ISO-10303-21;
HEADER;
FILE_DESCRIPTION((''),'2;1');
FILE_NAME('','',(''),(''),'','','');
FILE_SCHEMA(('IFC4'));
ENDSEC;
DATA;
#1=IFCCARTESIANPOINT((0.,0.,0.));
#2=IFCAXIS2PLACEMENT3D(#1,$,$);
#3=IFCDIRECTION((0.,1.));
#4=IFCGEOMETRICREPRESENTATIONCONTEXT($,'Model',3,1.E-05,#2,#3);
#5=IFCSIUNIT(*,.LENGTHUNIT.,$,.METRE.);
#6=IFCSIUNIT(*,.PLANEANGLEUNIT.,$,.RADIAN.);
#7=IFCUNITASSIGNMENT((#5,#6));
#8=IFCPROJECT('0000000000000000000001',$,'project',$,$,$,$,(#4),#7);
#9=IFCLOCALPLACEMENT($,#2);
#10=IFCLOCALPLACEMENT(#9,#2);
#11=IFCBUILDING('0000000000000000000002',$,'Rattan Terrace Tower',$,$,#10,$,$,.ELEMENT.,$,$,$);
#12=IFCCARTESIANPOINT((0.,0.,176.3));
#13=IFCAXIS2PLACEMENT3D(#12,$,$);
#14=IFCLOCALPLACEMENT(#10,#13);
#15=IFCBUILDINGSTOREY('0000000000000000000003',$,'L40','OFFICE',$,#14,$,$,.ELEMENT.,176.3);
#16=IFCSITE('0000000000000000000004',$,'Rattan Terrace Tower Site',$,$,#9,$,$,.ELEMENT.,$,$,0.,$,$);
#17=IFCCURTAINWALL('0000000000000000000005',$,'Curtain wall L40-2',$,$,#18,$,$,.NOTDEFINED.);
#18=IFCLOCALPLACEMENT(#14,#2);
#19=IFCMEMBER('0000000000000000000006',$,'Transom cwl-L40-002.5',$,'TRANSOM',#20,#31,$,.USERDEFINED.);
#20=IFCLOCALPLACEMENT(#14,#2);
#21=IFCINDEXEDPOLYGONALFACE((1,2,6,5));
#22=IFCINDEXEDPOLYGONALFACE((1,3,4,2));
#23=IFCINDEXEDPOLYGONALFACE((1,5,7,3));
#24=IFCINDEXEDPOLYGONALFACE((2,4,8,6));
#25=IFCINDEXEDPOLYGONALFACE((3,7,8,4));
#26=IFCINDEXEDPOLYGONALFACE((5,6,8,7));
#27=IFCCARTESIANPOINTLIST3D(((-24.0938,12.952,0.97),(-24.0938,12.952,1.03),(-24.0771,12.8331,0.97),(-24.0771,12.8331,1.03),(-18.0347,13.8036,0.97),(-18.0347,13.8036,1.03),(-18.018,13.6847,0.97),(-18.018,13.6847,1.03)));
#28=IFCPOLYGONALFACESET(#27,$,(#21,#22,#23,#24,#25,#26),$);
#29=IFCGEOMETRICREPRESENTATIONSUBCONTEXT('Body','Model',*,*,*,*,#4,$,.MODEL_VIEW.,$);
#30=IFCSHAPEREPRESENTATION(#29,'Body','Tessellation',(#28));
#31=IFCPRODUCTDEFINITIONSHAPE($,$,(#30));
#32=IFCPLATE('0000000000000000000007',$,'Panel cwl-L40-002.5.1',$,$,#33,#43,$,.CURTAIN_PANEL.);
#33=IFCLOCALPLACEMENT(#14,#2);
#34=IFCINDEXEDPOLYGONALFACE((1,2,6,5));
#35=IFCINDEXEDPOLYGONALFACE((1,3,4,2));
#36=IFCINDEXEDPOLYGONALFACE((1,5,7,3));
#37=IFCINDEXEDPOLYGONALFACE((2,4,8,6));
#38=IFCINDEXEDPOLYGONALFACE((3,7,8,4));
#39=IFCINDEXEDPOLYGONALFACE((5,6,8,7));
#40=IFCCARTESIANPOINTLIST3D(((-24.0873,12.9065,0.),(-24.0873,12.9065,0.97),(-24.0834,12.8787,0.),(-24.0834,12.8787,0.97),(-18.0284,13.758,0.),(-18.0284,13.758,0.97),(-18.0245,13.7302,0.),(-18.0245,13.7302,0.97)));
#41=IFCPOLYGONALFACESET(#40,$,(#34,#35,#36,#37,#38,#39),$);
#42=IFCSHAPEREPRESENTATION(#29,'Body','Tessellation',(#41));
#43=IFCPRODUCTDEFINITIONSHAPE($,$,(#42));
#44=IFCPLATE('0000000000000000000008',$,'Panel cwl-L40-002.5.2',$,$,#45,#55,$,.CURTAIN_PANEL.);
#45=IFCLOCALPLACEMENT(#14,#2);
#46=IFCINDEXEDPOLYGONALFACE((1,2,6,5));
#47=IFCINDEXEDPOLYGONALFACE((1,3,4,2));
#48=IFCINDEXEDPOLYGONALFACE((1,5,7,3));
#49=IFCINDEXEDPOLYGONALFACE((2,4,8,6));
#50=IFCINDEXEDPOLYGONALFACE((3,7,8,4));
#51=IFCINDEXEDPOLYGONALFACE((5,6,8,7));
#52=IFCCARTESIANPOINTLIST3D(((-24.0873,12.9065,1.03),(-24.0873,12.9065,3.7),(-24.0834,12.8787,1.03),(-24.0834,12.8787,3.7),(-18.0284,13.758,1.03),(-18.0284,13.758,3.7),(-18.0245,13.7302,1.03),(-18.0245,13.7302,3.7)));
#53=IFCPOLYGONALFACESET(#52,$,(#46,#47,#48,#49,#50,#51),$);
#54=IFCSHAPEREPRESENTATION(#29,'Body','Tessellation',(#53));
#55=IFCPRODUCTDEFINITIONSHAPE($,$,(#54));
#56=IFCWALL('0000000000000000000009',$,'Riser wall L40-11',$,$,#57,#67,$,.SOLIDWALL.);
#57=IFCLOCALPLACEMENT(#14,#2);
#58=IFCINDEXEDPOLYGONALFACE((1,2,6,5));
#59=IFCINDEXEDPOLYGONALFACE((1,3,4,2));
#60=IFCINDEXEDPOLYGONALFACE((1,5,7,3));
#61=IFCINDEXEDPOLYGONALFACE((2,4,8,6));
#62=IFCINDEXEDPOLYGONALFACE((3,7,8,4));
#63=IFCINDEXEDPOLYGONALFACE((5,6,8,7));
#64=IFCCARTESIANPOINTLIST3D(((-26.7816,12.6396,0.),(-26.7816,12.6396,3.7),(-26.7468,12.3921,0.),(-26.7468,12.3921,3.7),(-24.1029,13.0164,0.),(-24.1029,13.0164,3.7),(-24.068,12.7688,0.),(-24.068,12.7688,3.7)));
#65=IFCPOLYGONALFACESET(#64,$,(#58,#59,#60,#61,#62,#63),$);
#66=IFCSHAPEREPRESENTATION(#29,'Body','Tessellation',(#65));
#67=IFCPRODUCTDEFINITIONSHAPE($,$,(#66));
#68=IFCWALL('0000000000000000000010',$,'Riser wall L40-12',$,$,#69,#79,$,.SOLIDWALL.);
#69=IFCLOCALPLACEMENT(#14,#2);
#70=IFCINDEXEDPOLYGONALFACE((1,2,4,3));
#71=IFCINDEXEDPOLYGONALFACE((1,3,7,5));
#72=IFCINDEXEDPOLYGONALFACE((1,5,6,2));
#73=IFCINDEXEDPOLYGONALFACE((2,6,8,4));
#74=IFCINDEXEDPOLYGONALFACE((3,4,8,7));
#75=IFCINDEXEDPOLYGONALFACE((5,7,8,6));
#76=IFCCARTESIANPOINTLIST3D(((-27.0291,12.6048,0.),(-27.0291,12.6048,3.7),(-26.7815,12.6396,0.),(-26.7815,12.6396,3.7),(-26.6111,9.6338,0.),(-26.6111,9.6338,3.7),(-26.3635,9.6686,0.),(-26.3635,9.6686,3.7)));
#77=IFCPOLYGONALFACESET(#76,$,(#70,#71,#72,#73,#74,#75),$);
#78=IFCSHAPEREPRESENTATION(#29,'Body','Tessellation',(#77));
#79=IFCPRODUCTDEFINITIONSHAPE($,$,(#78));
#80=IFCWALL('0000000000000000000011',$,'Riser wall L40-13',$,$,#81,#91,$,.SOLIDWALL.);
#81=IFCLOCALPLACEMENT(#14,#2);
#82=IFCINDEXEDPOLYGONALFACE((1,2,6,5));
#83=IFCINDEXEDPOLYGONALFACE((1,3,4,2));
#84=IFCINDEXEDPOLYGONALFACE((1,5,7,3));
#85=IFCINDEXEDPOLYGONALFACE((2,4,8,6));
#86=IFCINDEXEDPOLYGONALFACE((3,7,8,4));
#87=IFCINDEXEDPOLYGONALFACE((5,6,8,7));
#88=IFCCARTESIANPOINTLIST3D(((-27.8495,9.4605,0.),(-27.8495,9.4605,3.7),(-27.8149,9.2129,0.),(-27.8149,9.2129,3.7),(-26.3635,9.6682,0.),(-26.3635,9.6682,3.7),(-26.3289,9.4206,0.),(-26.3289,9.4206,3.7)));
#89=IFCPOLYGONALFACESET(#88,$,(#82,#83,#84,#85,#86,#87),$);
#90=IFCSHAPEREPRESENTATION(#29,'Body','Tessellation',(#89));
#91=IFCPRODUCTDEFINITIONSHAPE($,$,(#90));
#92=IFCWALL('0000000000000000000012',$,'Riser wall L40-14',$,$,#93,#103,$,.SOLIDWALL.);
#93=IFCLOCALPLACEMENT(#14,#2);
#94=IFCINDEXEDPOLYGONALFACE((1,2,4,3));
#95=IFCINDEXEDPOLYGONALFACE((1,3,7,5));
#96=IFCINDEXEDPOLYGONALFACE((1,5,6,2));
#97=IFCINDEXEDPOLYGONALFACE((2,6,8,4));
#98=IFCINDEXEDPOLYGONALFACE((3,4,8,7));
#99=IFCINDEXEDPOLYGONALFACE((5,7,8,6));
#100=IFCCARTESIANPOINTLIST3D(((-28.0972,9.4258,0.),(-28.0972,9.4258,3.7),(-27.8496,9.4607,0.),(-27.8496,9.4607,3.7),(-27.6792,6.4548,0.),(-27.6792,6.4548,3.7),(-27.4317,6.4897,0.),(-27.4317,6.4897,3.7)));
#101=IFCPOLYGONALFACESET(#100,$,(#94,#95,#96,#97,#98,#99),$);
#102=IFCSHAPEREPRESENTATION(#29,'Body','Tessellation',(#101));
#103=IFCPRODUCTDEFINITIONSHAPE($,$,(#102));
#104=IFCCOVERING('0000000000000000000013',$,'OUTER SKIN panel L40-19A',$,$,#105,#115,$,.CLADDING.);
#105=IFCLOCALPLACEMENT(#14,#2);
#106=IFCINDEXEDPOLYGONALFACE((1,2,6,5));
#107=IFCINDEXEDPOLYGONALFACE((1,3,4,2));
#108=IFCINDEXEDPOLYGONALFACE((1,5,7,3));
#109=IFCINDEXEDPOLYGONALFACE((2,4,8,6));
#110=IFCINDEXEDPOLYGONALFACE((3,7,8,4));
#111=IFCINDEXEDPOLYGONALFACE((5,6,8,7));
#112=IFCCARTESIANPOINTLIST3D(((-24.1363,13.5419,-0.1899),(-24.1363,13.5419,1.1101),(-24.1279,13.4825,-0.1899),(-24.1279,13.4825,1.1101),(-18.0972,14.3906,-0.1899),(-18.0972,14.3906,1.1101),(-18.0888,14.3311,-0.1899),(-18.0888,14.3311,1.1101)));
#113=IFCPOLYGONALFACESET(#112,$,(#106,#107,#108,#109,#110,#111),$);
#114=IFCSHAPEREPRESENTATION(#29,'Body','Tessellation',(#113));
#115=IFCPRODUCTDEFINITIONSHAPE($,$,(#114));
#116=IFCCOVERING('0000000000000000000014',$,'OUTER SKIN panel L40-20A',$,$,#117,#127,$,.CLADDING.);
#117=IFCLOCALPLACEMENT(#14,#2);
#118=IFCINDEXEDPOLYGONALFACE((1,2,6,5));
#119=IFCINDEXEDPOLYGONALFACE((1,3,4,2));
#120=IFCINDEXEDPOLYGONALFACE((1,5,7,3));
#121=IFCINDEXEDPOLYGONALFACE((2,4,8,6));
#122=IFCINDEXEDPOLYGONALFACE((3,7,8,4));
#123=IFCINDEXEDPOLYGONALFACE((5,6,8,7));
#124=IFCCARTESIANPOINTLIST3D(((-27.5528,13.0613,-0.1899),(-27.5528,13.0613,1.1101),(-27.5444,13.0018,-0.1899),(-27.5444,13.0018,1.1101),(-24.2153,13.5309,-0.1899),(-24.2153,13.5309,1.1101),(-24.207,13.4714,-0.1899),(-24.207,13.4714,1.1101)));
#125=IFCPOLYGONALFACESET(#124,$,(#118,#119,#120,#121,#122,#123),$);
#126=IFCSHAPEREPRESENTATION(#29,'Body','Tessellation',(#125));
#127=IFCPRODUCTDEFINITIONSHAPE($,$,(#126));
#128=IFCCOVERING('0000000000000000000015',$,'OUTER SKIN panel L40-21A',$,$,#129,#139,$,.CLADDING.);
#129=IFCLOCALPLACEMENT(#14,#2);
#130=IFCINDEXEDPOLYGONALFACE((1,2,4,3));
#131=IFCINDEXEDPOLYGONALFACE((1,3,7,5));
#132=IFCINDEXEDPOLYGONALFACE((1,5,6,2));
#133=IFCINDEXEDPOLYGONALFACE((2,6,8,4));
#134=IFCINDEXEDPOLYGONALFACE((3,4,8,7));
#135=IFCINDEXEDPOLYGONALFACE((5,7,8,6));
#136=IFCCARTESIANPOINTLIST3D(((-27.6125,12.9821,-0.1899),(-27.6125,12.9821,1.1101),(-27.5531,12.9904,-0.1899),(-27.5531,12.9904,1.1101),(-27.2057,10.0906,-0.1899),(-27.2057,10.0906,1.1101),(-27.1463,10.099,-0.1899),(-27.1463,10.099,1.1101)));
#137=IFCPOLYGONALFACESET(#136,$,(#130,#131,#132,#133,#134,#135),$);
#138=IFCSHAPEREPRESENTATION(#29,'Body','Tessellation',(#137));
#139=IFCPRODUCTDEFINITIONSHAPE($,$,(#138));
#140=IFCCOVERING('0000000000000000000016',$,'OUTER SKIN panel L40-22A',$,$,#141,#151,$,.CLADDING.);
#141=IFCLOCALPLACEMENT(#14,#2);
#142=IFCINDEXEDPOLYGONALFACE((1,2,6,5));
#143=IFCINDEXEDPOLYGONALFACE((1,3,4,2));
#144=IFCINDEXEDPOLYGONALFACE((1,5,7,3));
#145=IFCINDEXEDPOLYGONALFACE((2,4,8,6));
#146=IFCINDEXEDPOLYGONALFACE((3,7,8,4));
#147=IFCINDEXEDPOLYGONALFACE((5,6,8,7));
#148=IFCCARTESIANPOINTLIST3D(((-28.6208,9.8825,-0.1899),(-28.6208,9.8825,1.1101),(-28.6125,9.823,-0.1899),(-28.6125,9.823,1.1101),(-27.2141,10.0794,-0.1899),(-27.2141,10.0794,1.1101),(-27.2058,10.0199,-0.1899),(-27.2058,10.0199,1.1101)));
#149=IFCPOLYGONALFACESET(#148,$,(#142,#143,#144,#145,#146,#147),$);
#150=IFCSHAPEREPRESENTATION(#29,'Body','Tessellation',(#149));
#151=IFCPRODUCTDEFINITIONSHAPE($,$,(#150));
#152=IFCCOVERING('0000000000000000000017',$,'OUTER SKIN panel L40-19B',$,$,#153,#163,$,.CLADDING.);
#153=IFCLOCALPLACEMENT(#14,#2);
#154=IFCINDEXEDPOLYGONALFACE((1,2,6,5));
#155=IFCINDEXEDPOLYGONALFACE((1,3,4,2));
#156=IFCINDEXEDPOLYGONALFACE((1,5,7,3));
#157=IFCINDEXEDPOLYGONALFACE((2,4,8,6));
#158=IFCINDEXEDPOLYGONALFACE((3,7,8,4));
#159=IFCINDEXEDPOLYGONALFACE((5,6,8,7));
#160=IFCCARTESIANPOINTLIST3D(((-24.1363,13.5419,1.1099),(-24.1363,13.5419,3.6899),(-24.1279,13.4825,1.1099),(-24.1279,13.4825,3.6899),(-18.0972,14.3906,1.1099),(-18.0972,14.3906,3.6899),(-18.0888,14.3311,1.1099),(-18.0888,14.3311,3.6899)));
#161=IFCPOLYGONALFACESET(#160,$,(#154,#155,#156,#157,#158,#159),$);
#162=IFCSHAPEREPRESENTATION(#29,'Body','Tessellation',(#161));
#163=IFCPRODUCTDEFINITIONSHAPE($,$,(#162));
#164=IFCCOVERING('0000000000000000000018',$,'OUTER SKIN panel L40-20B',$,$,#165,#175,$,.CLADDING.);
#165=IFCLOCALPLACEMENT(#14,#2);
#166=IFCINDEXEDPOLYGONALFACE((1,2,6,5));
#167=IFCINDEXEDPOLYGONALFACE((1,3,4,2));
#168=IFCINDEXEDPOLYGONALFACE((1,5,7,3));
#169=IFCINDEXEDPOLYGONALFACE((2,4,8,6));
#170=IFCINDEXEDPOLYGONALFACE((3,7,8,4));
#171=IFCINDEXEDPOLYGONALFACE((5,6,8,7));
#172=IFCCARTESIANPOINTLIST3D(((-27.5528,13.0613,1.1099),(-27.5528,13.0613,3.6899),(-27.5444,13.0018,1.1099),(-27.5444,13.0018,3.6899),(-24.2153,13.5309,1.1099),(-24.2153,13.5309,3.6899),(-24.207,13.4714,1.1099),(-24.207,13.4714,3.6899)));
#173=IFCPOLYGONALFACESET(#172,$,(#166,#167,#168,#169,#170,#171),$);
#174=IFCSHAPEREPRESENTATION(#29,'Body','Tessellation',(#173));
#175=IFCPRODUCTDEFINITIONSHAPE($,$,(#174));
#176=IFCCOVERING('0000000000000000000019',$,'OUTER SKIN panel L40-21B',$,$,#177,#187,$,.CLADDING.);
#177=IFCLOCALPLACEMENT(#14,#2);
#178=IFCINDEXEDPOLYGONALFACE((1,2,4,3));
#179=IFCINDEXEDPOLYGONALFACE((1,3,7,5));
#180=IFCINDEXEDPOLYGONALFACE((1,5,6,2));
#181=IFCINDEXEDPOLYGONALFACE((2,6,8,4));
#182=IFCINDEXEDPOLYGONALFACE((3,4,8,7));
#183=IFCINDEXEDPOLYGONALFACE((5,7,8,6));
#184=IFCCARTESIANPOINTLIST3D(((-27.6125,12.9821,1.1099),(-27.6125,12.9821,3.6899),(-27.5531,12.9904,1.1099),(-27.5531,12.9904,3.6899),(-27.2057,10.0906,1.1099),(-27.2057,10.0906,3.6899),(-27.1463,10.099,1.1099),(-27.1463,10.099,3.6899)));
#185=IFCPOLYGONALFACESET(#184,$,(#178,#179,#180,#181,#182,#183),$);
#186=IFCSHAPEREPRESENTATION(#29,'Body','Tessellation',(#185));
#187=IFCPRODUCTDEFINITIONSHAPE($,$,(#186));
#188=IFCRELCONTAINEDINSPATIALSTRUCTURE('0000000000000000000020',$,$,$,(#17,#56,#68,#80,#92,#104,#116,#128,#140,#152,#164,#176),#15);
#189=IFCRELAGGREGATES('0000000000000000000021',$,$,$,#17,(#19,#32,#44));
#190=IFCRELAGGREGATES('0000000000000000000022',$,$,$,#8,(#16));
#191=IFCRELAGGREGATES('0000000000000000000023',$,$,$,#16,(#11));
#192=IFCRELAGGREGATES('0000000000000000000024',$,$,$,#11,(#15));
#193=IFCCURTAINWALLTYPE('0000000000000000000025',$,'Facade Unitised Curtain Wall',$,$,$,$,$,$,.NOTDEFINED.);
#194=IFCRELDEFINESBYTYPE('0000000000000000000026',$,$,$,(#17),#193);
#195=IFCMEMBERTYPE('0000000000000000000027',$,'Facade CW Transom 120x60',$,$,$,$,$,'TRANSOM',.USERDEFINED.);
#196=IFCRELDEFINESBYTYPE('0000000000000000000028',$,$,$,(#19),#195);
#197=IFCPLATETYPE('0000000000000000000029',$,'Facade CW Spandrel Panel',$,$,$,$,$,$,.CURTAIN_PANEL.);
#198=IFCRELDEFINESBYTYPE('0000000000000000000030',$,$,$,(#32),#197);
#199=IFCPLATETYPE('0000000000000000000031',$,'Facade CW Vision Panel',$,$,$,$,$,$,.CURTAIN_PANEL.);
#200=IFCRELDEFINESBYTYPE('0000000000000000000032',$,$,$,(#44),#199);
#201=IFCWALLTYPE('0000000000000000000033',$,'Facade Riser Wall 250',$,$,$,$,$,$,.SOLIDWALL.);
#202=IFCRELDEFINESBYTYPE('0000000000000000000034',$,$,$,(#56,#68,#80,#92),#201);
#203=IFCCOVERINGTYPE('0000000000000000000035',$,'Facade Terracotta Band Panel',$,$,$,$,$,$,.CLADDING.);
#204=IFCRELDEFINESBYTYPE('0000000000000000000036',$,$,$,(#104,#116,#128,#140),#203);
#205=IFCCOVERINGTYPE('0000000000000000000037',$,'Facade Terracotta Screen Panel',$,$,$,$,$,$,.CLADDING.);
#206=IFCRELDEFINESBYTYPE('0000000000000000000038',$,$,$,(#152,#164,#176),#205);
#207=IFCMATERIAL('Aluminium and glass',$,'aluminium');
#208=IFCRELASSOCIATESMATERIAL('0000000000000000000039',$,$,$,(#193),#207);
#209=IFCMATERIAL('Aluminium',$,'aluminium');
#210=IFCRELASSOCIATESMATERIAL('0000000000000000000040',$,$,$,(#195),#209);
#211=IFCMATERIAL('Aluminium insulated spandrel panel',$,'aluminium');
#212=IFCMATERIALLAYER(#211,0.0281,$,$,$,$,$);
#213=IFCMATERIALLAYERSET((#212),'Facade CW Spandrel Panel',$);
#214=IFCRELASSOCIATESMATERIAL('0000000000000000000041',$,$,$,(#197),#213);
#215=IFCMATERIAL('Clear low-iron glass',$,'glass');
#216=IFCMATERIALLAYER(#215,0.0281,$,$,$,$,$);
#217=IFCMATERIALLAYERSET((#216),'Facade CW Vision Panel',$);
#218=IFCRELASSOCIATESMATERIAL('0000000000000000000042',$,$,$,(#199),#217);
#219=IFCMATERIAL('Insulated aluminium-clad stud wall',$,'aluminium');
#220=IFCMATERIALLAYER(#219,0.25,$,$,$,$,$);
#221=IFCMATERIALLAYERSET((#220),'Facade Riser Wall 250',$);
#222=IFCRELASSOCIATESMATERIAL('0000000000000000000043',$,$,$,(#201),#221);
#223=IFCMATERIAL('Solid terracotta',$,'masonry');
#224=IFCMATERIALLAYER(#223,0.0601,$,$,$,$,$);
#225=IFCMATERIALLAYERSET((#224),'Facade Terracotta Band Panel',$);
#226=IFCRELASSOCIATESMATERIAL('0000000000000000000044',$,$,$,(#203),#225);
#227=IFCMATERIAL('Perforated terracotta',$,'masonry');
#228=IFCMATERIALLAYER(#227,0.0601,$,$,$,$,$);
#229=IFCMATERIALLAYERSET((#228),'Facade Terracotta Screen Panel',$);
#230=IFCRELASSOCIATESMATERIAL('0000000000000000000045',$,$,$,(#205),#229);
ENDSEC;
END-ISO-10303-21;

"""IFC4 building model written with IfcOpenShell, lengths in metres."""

from ifc_helpers import new_model, si_unit, direction, frame, frame_2d, origin, origin_2d, place, context, subcontext, project, spatial, rectangle, extrude, material, layer, layer_set, material_profile, profile_set, type_object, element, aggregate, save


model = new_model("IFC4")

# Units and contexts
model_context = context("Model", 3, precision=1e-05, world=origin(), true_north=direction((0.0, 1.0)))
body_context = subcontext(model_context, "Body", "Model", "MODEL_VIEW")
ifc_project = project(units=[si_unit("LENGTHUNIT", "METRE"), si_unit("PLANEANGLEUNIT", "RADIAN")], contexts=[model_context])

# Site, building, storey
site_placement = place(None, origin())
site = spatial("IfcSite", under=ifc_project, at=site_placement, Name="Rattan Terrace Tower Site", CompositionType="ELEMENT", RefElevation=0.0)
building_placement = place(site_placement, origin())
building = spatial("IfcBuilding", under=site, at=building_placement, Name="Rattan Terrace Tower", CompositionType="ELEMENT")
storey_placement = place(building_placement, frame((0.0, 0.0, 176.3)))
storey = spatial("IfcBuildingStorey", under=building, at=storey_placement, Name="L40", Description="OFFICE", CompositionType="ELEMENT", Elevation=176.3)

# Curtain wall, member, plates
ifc_material_1 = material(Name="Aluminium and glass", Category="aluminium")
curtain_wall_type = type_object("IfcCurtainWallType", Name="Facade Unitised Curtain Wall", PredefinedType="NOTDEFINED", material=ifc_material_1)
curtain_wall_placement = place(storey_placement, origin())
curtain_wall = element("IfcCurtainWall", 1, at=curtain_wall_placement, inside=storey, type_object=curtain_wall_type, Name="Curtain wall L40-2", PredefinedType="NOTDEFINED")
ifc_material_2 = material(Name="Aluminium", Category="aluminium")
ifc_material_profile = material_profile(ifc_material_2, rectangle(XDim=0.1201, YDim=0.0601, at=origin_2d()), Name="Aluminium 120x60")
ifc_profile_set = profile_set([ifc_material_profile], Name="Aluminium")
member_type = type_object("IfcMemberType", Name="Facade CW Transom 120x60", ElementType="TRANSOM", PredefinedType="USERDEFINED", material=ifc_profile_set)
member_placement = place(storey_placement, frame((-18.0264, 13.7441, 1.0), z_axis=(-0.990268, -0.139175, 0.0), x_axis=(0.139175, -0.990268, 0.0)))
member = element("IfcMember", 2, at=member_placement, type_object=member_type, Name="Transom cwl-L40-002.5", ObjectType="TRANSOM", PredefinedType="USERDEFINED", context=body_context, shape_type="SweptSolid", body=[
    extrude(rectangle(XDim=0.1201, YDim=0.0601, at=origin_2d()), origin(), (0.0, 0.0, 1.0), 6.1187),
])
ifc_material_3 = material(Name="Aluminium insulated spandrel panel", Category="aluminium")
ifc_layer_1 = layer(ifc_material_3, 0.0281)
ifc_layer_set_1 = layer_set([ifc_layer_1], Name="Facade CW Spandrel Panel")
plate_type_1 = type_object("IfcPlateType", Name="Facade CW Spandrel Panel", PredefinedType="CURTAIN_PANEL", material=ifc_layer_set_1)
plate_1_placement = place(storey_placement, frame((-21.0559, 13.3184, 0.0), z_axis=(0.0, 0.0, 1.0), x_axis=(-0.99027, -0.139161, 0.0)))
plate_1 = element("IfcPlate", 3, at=plate_1_placement, type_object=plate_type_1, Name="Panel cwl-L40-002.5.1", PredefinedType="CURTAIN_PANEL", context=body_context, shape_type="SweptSolid", body=[
    extrude(rectangle(XDim=6.1184, YDim=0.0281, at=origin_2d()), origin(), (0.0, 0.0, 1.0), 0.97),
])
ifc_material_4 = material(Name="Clear low-iron glass", Category="glass")
ifc_layer_2 = layer(ifc_material_4, 0.0281)
ifc_layer_set_2 = layer_set([ifc_layer_2], Name="Facade CW Vision Panel")
plate_type_2 = type_object("IfcPlateType", Name="Facade CW Vision Panel", PredefinedType="CURTAIN_PANEL", material=ifc_layer_set_2)
plate_2_placement = place(storey_placement, frame((-21.0559, 13.3184, 1.03), z_axis=(0.0, 0.0, 1.0), x_axis=(-0.99027, -0.139161, 0.0)))
plate_2 = element("IfcPlate", 4, at=plate_2_placement, type_object=plate_type_2, Name="Panel cwl-L40-002.5.2", PredefinedType="CURTAIN_PANEL", context=body_context, shape_type="SweptSolid", body=[
    extrude(rectangle(XDim=6.1184, YDim=0.0281, at=origin_2d()), origin(), (0.0, 0.0, 1.0), 2.6699),
])
aggregate(curtain_wall, [member, plate_1, plate_2])

# Walls
ifc_material_5 = material(Name="Insulated aluminium-clad stud wall", Category="aluminium")
ifc_layer_3 = layer(ifc_material_5, 0.25)
ifc_layer_set_3 = layer_set([ifc_layer_3], Name="Facade Riser Wall 250")
wall_type = type_object("IfcWallType", Name="Facade Riser Wall 250", PredefinedType="SOLIDWALL", material=ifc_layer_set_3)
wall_1_placement = place(storey_placement, frame((-24.0854, 12.8926, 0.0), z_axis=(0.0, 0.0, 1.0), x_axis=(-0.990256, -0.13926, 0.0)))
element("IfcWall", 5, at=wall_1_placement, inside=storey, type_object=wall_type, Name="Riser wall L40-11", PredefinedType="SOLIDWALL", context=body_context, shape_type="SweptSolid", body=[
    extrude(rectangle(XDim=2.7051, YDim=0.25, at=frame_2d((1.3525, 0.0))), origin(), (0.0, 0.0, 1.0), 3.7),
])
wall_2_placement = place(storey_placement, frame((-26.9053, 12.6221, 0.0), z_axis=(0.0, 0.0, 1.0), x_axis=(0.139313, -0.990248, 0.0)))
element("IfcWall", 6, at=wall_2_placement, inside=storey, type_object=wall_type, Name="Riser wall L40-12", PredefinedType="SOLIDWALL", context=body_context, shape_type="SweptSolid", body=[
    extrude(rectangle(XDim=3.0002, YDim=0.25, at=frame_2d((1.5, 0.0))), origin(), (0.0, 0.0, 1.0), 3.7),
])
wall_3_placement = place(storey_placement, frame((-26.3462, 9.5444, 0.0), z_axis=(0.0, 0.0, 1.0), x_axis=(-0.990368, -0.13846, 0.0)))
element("IfcWall", 7, at=wall_3_placement, inside=storey, type_object=wall_type, Name="Riser wall L40-13", PredefinedType="SOLIDWALL", context=body_context, shape_type="SweptSolid", body=[
    extrude(rectangle(XDim=1.5005, YDim=0.25, at=frame_2d((0.7502, 0.0))), origin(), (0.0, 0.0, 1.0), 3.7),
])
wall_4_placement = place(storey_placement, frame((-27.9734, 9.4431, 0.0), z_axis=(0.0, 0.0, 1.0), x_axis=(0.139313, -0.990248, 0.0)))
element("IfcWall", 8, at=wall_4_placement, inside=storey, type_object=wall_type, Name="Riser wall L40-14", PredefinedType="SOLIDWALL", context=body_context, shape_type="SweptSolid", body=[
    extrude(rectangle(XDim=3.0002, YDim=0.25, at=frame_2d((1.5, 0.0))), origin(), (0.0, 0.0, 1.0), 3.7),
])

# Coverings
ifc_material_6 = material(Name="Solid terracotta", Category="masonry")
ifc_layer_4 = layer(ifc_material_6, 0.0601)
ifc_layer_set_4 = layer_set([ifc_layer_4], Name="Facade Terracotta Band Panel")
covering_type_1 = type_object("IfcCoveringType", Name="Facade Terracotta Band Panel", PredefinedType="CLADDING", material=ifc_layer_set_4)
covering_1_placement = place(storey_placement, frame((-21.1125, 13.9365, -0.1899), z_axis=(0.0, 0.0, 1.0), x_axis=(-0.99027, -0.139161, 0.0)))
element("IfcCovering", 9, at=covering_1_placement, inside=storey, type_object=covering_type_1, Name="OUTER SKIN panel L40-19A", PredefinedType="CLADDING", context=body_context, shape_type="SweptSolid", body=[
    extrude(rectangle(XDim=6.0984, YDim=0.0601, at=origin_2d()), origin(), (0.0, 0.0, 1.0), 1.3),
])
covering_2_placement = place(storey_placement, frame((-25.8799, 13.2664, -0.1899), z_axis=(0.0, 0.0, 1.0), x_axis=(-0.990247, -0.139321, 0.0)))
element("IfcCovering", 10, at=covering_2_placement, inside=storey, type_object=covering_type_1, Name="OUTER SKIN panel L40-20A", PredefinedType="CLADDING", context=body_context, shape_type="SweptSolid", body=[
    extrude(rectangle(XDim=3.3704, YDim=0.0601, at=origin_2d()), origin(), (0.0, 0.0, 1.0), 1.3),
])
covering_3_placement = place(storey_placement, frame((-27.3794, 11.5405, -0.1899), z_axis=(0.0, 0.0, 1.0), x_axis=(0.139321, -0.990247, 0.0)))
element("IfcCovering", 11, at=covering_3_placement, inside=storey, type_object=covering_type_1, Name="OUTER SKIN panel L40-21A", PredefinedType="CLADDING", context=body_context, shape_type="SweptSolid", body=[
    extrude(rectangle(XDim=2.9199, YDim=0.0601, at=origin_2d()), origin(), (0.0, 0.0, 1.0), 1.3),
])
covering_4_placement = place(storey_placement, frame((-27.9133, 9.9512, -0.1899), z_axis=(0.0, 0.0, 1.0), x_axis=(-0.990345, -0.138622, 0.0)))
element("IfcCovering", 12, at=covering_4_placement, inside=storey, type_object=covering_type_1, Name="OUTER SKIN panel L40-22A", PredefinedType="CLADDING", context=body_context, shape_type="SweptSolid", body=[
    extrude(rectangle(XDim=1.4204, YDim=0.0601, at=origin_2d()), origin(), (0.0, 0.0, 1.0), 1.3),
])
ifc_material_7 = material(Name="Perforated terracotta", Category="masonry")
ifc_layer_5 = layer(ifc_material_7, 0.0601)
ifc_layer_set_5 = layer_set([ifc_layer_5], Name="Facade Terracotta Screen Panel")
covering_type_2 = type_object("IfcCoveringType", Name="Facade Terracotta Screen Panel", PredefinedType="CLADDING", material=ifc_layer_set_5)
covering_5_placement = place(storey_placement, frame((-21.1125, 13.9365, 1.1099), z_axis=(0.0, 0.0, 1.0), x_axis=(-0.99027, -0.139161, 0.0)))
element("IfcCovering", 13, at=covering_5_placement, inside=storey, type_object=covering_type_2, Name="OUTER SKIN panel L40-19B", PredefinedType="CLADDING", context=body_context, shape_type="SweptSolid", body=[
    extrude(rectangle(XDim=6.0984, YDim=0.0601, at=origin_2d()), origin(), (0.0, 0.0, 1.0), 2.5801),
])
covering_6_placement = place(storey_placement, frame((-25.8799, 13.2664, 1.1099), z_axis=(0.0, 0.0, 1.0), x_axis=(-0.990247, -0.139321, 0.0)))
element("IfcCovering", 14, at=covering_6_placement, inside=storey, type_object=covering_type_2, Name="OUTER SKIN panel L40-20B", PredefinedType="CLADDING", context=body_context, shape_type="SweptSolid", body=[
    extrude(rectangle(XDim=3.3704, YDim=0.0601, at=origin_2d()), origin(), (0.0, 0.0, 1.0), 2.5801),
])
covering_7_placement = place(storey_placement, frame((-27.3794, 11.5405, 1.1099), z_axis=(0.0, 0.0, 1.0), x_axis=(0.139321, -0.990247, 0.0)))
element("IfcCovering", 15, at=covering_7_placement, inside=storey, type_object=covering_type_2, Name="OUTER SKIN panel L40-21B", PredefinedType="CLADDING", context=body_context, shape_type="SweptSolid", body=[
    extrude(rectangle(XDim=2.9199, YDim=0.0601, at=origin_2d()), origin(), (0.0, 0.0, 1.0), 2.5801),
])

save(model, "model.ifc")
